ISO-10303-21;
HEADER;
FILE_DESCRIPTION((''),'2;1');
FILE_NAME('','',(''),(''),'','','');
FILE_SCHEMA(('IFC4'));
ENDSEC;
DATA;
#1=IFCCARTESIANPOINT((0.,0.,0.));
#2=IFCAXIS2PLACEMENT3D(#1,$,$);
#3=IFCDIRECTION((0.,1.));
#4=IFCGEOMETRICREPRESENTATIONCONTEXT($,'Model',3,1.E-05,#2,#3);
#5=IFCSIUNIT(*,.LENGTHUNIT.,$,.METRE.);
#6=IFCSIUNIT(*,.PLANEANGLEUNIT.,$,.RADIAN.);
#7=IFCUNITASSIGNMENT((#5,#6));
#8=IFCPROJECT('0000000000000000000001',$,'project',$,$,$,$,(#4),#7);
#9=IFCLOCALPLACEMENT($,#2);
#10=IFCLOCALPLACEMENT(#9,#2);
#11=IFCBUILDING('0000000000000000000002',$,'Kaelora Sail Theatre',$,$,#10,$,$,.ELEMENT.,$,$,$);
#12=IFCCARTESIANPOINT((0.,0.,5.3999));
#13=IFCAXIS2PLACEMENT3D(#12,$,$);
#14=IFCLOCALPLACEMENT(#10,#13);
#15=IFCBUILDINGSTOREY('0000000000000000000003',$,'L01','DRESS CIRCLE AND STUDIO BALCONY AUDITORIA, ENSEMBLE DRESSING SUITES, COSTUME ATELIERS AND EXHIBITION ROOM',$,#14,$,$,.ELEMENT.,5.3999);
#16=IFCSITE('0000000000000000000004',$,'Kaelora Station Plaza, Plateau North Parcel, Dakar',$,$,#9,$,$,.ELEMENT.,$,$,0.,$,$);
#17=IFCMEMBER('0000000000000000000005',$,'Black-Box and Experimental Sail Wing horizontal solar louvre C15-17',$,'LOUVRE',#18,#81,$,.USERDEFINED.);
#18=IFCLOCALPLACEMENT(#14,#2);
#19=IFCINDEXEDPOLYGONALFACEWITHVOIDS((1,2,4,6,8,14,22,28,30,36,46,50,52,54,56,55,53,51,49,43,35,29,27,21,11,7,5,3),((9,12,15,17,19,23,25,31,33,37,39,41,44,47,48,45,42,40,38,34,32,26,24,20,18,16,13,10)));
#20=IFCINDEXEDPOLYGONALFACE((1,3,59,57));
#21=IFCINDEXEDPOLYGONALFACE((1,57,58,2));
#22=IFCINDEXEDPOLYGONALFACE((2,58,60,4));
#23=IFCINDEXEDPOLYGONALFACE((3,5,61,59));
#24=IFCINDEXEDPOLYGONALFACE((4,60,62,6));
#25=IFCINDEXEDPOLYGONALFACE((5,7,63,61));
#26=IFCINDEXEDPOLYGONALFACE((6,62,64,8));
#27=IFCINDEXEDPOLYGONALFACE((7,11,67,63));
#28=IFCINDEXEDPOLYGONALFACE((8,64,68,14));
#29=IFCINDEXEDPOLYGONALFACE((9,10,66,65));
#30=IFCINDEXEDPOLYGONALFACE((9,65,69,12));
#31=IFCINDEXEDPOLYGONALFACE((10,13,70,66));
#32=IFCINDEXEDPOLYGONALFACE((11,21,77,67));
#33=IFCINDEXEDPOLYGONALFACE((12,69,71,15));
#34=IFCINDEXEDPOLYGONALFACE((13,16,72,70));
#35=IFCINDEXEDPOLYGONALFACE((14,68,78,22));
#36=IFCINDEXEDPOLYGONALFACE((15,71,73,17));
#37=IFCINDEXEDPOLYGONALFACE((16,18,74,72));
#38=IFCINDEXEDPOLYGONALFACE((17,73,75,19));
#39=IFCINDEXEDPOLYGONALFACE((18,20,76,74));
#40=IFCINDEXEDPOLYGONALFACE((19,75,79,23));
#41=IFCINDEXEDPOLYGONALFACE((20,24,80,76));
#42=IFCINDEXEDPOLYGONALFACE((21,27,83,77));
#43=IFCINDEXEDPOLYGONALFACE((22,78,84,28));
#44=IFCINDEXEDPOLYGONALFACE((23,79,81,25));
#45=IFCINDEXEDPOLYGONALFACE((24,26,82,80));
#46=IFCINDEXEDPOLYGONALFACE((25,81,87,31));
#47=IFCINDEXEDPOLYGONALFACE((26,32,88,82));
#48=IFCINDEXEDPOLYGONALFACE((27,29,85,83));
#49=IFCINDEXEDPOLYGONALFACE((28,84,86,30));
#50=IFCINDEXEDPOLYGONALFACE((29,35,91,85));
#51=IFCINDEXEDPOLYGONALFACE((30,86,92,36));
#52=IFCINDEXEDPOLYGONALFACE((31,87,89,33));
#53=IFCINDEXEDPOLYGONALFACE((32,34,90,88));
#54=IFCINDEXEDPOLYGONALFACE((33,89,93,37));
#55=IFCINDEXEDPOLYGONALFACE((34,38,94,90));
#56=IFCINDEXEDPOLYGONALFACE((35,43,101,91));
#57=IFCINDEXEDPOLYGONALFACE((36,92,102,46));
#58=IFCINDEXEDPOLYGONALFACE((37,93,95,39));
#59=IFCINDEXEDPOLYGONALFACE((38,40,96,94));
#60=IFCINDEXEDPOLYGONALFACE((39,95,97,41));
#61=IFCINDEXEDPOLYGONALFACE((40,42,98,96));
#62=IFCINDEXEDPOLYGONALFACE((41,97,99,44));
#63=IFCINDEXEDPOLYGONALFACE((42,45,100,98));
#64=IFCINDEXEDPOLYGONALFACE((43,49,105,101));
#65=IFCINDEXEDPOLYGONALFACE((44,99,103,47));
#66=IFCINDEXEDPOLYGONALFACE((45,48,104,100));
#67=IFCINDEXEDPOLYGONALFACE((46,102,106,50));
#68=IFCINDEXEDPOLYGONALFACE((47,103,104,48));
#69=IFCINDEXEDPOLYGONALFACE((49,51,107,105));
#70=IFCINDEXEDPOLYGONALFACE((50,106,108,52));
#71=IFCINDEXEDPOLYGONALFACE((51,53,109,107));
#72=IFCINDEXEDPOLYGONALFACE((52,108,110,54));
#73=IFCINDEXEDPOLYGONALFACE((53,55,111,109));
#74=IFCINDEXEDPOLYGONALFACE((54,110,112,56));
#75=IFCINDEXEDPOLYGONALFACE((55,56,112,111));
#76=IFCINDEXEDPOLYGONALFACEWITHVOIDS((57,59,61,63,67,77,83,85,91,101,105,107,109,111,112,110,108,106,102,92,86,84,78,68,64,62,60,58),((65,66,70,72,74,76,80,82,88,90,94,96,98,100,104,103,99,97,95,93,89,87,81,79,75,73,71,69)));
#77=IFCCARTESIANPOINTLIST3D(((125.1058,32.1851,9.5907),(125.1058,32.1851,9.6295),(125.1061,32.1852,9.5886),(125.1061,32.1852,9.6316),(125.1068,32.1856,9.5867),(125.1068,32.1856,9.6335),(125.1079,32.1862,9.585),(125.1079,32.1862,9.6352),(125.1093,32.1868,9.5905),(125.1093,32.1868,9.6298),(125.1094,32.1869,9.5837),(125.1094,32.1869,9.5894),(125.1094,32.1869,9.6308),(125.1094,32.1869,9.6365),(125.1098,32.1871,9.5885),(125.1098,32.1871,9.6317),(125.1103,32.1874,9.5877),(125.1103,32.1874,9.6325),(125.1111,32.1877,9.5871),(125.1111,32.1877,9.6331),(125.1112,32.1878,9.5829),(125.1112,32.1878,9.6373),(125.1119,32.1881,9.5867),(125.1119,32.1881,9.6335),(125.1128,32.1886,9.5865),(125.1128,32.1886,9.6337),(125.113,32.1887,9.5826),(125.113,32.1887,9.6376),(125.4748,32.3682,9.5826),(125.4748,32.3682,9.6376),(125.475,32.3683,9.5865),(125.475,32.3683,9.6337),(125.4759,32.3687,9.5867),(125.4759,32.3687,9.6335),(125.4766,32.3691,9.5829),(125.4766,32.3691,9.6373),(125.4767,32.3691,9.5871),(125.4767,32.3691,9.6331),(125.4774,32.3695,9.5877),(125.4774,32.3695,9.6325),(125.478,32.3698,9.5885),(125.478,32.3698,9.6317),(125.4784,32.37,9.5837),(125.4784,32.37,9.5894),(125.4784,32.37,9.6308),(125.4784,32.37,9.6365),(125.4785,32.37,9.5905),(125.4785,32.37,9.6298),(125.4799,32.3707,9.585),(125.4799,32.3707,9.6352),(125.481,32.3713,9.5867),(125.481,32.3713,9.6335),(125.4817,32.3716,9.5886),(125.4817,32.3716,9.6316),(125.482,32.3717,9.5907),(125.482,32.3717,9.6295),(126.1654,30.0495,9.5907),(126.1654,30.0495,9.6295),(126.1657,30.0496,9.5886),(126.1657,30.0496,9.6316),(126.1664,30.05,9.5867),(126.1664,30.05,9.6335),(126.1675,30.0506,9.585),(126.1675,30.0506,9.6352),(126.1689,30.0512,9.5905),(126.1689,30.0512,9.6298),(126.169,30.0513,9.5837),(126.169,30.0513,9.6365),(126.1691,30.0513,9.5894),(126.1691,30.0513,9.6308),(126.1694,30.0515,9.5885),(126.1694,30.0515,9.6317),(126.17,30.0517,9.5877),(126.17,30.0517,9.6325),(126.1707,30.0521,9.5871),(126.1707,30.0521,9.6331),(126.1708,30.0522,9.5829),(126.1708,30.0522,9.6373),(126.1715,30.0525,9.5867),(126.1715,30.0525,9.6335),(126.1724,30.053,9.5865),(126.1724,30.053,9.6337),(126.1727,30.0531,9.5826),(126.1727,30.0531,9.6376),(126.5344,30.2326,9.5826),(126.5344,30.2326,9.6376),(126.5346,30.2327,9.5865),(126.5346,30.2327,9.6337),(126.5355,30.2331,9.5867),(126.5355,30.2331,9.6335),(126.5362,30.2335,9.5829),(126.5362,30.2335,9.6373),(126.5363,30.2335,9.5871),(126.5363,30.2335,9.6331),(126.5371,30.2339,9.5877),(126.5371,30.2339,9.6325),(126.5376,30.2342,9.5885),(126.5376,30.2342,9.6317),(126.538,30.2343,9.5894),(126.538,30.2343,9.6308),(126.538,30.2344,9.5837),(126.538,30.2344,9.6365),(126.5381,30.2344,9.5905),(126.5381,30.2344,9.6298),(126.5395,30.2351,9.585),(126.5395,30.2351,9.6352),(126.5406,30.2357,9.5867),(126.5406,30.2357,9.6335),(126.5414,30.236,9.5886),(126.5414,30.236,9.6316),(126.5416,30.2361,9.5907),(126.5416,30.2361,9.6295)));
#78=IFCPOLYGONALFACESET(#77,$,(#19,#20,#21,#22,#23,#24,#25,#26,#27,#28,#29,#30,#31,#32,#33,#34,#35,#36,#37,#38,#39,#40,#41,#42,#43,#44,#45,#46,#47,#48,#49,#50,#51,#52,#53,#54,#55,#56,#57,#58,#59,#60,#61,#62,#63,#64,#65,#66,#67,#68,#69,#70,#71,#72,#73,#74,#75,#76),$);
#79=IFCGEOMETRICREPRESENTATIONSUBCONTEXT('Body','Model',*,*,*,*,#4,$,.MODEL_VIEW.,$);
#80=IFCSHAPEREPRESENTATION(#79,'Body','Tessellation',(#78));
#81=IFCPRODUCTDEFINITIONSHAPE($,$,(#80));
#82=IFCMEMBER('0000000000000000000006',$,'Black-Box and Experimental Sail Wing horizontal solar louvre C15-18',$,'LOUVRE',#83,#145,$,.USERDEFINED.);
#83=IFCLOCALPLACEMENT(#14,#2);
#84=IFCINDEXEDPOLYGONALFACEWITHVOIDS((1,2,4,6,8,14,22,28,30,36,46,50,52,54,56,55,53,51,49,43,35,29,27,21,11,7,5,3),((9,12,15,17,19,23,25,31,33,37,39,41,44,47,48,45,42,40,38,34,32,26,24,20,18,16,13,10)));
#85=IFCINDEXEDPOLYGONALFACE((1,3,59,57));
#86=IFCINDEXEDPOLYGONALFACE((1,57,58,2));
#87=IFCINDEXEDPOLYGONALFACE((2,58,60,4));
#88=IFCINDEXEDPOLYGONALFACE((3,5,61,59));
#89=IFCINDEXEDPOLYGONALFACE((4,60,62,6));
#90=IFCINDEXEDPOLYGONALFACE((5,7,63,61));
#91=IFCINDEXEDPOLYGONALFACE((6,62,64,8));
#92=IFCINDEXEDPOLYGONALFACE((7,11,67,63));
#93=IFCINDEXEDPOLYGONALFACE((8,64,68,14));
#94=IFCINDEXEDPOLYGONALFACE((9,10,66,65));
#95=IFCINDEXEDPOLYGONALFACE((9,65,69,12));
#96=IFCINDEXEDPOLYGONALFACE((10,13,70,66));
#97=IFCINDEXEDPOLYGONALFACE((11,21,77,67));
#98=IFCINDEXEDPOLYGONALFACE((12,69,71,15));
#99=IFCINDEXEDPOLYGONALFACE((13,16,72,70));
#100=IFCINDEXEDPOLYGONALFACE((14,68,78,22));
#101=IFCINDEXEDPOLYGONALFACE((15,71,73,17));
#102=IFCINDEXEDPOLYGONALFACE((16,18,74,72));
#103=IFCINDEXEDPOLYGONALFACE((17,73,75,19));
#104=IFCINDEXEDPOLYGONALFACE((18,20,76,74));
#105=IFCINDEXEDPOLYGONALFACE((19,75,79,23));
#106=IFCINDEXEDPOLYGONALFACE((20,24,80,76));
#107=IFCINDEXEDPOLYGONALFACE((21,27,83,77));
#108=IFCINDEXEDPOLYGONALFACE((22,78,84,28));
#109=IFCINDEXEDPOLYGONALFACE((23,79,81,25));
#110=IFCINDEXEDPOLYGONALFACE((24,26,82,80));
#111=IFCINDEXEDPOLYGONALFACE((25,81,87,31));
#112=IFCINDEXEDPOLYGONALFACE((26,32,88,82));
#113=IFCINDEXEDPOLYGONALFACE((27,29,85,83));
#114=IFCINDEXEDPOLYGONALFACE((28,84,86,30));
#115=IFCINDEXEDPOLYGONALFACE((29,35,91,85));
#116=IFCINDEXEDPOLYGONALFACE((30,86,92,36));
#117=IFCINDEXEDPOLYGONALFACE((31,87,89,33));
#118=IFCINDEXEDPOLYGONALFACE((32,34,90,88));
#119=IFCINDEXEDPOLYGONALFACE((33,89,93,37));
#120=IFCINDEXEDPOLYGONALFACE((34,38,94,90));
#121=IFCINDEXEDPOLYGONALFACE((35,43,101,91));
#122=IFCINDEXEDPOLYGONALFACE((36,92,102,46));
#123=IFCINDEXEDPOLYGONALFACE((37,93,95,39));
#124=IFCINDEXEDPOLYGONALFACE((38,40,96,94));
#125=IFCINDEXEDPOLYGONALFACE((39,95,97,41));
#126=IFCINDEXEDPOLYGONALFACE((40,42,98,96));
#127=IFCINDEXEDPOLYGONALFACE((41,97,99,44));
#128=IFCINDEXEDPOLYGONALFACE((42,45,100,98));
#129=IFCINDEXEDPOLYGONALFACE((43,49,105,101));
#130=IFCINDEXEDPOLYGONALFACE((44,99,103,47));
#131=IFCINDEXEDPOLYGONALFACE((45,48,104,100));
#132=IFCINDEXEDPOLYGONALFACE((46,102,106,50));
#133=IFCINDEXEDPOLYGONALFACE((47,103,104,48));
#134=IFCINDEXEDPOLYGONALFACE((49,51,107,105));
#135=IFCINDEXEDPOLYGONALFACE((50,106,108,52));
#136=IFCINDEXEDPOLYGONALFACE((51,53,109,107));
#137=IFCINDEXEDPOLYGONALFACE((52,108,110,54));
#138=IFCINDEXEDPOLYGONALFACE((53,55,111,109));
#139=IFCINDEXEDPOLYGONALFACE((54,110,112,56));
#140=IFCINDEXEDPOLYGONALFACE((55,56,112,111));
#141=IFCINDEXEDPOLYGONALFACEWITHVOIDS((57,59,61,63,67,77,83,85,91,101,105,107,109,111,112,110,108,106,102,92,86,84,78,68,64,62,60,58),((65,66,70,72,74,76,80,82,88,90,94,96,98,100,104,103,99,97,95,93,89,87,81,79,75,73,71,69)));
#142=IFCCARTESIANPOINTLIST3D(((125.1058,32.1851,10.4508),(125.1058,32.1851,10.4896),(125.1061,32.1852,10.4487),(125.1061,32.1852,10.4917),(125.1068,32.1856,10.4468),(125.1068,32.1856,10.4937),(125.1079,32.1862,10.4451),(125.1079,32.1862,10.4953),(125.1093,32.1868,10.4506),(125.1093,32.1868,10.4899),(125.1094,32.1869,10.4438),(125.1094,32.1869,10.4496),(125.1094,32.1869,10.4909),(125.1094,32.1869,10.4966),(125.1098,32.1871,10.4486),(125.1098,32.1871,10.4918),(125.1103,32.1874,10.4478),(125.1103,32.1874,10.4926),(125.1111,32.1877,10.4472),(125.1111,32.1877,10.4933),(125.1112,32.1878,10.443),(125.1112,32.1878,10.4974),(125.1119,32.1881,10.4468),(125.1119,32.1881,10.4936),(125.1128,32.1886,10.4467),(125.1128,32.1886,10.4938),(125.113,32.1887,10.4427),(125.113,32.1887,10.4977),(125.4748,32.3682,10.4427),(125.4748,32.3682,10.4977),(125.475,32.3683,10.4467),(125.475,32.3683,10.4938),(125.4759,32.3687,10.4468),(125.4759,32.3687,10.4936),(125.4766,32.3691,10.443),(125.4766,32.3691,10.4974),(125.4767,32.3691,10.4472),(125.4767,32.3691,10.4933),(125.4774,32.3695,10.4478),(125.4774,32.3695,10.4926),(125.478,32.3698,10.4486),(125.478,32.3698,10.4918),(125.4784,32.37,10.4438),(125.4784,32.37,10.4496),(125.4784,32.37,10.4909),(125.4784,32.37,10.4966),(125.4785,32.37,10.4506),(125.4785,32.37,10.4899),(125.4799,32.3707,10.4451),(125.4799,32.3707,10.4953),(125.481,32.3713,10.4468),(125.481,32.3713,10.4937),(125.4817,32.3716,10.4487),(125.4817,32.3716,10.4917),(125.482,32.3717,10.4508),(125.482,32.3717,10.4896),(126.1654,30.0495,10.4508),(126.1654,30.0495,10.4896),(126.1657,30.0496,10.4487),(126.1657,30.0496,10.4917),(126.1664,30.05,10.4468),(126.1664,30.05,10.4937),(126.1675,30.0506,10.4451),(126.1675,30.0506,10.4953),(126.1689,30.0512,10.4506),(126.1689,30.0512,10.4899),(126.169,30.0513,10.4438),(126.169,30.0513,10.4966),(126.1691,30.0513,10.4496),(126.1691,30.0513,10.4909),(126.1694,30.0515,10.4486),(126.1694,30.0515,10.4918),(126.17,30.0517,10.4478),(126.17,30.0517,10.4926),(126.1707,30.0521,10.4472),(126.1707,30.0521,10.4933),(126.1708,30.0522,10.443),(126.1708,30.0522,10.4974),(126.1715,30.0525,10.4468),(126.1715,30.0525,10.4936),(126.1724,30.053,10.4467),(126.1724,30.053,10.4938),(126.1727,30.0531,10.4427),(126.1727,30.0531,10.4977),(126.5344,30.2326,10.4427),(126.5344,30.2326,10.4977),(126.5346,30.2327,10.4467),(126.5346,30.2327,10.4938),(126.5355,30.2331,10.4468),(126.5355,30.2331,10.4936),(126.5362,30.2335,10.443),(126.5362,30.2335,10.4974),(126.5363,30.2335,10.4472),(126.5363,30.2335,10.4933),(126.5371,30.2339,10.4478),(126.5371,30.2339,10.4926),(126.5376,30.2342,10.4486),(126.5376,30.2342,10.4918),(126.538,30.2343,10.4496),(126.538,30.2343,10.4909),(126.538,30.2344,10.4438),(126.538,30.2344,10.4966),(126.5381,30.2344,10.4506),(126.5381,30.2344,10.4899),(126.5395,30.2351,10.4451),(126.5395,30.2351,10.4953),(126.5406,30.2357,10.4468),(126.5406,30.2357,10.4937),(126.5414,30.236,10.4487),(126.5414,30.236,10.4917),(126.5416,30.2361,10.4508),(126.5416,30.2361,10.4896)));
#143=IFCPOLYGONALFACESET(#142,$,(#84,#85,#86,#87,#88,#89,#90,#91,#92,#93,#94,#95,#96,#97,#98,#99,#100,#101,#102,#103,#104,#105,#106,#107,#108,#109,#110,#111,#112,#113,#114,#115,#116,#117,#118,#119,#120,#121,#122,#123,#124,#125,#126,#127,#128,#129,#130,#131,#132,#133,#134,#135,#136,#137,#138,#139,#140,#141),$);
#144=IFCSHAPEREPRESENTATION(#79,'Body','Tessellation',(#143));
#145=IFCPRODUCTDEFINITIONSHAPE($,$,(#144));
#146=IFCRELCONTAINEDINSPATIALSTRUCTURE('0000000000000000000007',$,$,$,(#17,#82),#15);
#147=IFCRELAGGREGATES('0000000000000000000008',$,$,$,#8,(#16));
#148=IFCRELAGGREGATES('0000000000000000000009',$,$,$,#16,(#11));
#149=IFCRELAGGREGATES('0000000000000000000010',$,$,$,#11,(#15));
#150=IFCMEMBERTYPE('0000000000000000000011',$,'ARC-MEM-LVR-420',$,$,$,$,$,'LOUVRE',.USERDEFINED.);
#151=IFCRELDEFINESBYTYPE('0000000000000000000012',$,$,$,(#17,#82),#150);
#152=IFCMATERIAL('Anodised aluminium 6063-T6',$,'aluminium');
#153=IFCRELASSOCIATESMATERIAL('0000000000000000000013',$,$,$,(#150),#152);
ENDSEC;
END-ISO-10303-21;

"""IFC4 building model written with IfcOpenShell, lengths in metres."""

from ifc_helpers import new_model, si_unit, direction, frame, origin, origin_2d, place, context, subcontext, project, spatial, hollow_rectangle, extrude, material, material_profile, profile_set, type_object, element, save


model = new_model("IFC4")

# Units and contexts
model_context = context("Model", 3, precision=1e-05, world=origin(), true_north=direction((0.0, 1.0)))
body_context = subcontext(model_context, "Body", "Model", "MODEL_VIEW")
ifc_project = project(units=[si_unit("LENGTHUNIT", "METRE"), si_unit("PLANEANGLEUNIT", "RADIAN")], contexts=[model_context])

# Site, building, storey
site_placement = place(None, origin())
site = spatial("IfcSite", under=ifc_project, at=site_placement, Name="Kaelora Station Plaza, Plateau North Parcel, Dakar", CompositionType="ELEMENT", RefElevation=0.0)
building_placement = place(site_placement, origin())
building = spatial("IfcBuilding", under=site, at=building_placement, Name="Kaelora Sail Theatre", CompositionType="ELEMENT")
storey_placement = place(building_placement, frame((0.0, 0.0, 5.3999)))
storey = spatial("IfcBuildingStorey", under=building, at=storey_placement, Name="L01", Description="DRESS CIRCLE AND STUDIO BALCONY AUDITORIA, ENSEMBLE DRESSING SUITES, COSTUME ATELIERS AND EXHIBITION ROOM", CompositionType="ELEMENT", Elevation=5.3999)

# Members
ifc_material = material(Name="Anodised aluminium 6063-T6", Category="aluminium")
ifc_material_profile = material_profile(ifc_material, hollow_rectangle(XDim=0.4199, YDim=0.0549, WallThickness=0.0039, InnerFilletRadius=0.0039, OuterFilletRadius=0.0081, at=origin_2d()), Name="LOUVRE 420x55x4")
ifc_profile_set = profile_set([ifc_material_profile], Name="Anodised aluminium 6063-T6")
member_type = type_object("IfcMemberType", Name="ARC-MEM-LVR-420", ElementType="LOUVRE", PredefinedType="USERDEFINED", material=ifc_profile_set)
for number, where, z_axis, x_axis, name in (
    (1, (126.3535, 30.1428, 9.6101), (-0.444467, 0.895795, 0.0), (-0.895795, -0.444467, 0.0), "Black-Box and Experimental Sail Wing horizontal solar louvre C15-17"),
    (2, (126.3535, 30.1428, 10.4702), (-0.444467, 0.895795, 0.0), (-0.895795, -0.444467, 0.0), "Black-Box and Experimental Sail Wing horizontal solar louvre C15-18"),
):
    element("IfcMember", number, at=place(storey_placement, frame(where, z_axis=z_axis, x_axis=x_axis)), inside=storey, type_object=member_type, Name=name, ObjectType="LOUVRE", PredefinedType="USERDEFINED", context=body_context, shape_type="SweptSolid", body=[
        extrude(hollow_rectangle(XDim=0.4199, YDim=0.0549, WallThickness=0.0039, InnerFilletRadius=0.0039, OuterFilletRadius=0.0081, at=origin_2d()), origin(), (0.0, 0.0, 1.0), 2.384),
    ])

save(model, "model.ifc")
